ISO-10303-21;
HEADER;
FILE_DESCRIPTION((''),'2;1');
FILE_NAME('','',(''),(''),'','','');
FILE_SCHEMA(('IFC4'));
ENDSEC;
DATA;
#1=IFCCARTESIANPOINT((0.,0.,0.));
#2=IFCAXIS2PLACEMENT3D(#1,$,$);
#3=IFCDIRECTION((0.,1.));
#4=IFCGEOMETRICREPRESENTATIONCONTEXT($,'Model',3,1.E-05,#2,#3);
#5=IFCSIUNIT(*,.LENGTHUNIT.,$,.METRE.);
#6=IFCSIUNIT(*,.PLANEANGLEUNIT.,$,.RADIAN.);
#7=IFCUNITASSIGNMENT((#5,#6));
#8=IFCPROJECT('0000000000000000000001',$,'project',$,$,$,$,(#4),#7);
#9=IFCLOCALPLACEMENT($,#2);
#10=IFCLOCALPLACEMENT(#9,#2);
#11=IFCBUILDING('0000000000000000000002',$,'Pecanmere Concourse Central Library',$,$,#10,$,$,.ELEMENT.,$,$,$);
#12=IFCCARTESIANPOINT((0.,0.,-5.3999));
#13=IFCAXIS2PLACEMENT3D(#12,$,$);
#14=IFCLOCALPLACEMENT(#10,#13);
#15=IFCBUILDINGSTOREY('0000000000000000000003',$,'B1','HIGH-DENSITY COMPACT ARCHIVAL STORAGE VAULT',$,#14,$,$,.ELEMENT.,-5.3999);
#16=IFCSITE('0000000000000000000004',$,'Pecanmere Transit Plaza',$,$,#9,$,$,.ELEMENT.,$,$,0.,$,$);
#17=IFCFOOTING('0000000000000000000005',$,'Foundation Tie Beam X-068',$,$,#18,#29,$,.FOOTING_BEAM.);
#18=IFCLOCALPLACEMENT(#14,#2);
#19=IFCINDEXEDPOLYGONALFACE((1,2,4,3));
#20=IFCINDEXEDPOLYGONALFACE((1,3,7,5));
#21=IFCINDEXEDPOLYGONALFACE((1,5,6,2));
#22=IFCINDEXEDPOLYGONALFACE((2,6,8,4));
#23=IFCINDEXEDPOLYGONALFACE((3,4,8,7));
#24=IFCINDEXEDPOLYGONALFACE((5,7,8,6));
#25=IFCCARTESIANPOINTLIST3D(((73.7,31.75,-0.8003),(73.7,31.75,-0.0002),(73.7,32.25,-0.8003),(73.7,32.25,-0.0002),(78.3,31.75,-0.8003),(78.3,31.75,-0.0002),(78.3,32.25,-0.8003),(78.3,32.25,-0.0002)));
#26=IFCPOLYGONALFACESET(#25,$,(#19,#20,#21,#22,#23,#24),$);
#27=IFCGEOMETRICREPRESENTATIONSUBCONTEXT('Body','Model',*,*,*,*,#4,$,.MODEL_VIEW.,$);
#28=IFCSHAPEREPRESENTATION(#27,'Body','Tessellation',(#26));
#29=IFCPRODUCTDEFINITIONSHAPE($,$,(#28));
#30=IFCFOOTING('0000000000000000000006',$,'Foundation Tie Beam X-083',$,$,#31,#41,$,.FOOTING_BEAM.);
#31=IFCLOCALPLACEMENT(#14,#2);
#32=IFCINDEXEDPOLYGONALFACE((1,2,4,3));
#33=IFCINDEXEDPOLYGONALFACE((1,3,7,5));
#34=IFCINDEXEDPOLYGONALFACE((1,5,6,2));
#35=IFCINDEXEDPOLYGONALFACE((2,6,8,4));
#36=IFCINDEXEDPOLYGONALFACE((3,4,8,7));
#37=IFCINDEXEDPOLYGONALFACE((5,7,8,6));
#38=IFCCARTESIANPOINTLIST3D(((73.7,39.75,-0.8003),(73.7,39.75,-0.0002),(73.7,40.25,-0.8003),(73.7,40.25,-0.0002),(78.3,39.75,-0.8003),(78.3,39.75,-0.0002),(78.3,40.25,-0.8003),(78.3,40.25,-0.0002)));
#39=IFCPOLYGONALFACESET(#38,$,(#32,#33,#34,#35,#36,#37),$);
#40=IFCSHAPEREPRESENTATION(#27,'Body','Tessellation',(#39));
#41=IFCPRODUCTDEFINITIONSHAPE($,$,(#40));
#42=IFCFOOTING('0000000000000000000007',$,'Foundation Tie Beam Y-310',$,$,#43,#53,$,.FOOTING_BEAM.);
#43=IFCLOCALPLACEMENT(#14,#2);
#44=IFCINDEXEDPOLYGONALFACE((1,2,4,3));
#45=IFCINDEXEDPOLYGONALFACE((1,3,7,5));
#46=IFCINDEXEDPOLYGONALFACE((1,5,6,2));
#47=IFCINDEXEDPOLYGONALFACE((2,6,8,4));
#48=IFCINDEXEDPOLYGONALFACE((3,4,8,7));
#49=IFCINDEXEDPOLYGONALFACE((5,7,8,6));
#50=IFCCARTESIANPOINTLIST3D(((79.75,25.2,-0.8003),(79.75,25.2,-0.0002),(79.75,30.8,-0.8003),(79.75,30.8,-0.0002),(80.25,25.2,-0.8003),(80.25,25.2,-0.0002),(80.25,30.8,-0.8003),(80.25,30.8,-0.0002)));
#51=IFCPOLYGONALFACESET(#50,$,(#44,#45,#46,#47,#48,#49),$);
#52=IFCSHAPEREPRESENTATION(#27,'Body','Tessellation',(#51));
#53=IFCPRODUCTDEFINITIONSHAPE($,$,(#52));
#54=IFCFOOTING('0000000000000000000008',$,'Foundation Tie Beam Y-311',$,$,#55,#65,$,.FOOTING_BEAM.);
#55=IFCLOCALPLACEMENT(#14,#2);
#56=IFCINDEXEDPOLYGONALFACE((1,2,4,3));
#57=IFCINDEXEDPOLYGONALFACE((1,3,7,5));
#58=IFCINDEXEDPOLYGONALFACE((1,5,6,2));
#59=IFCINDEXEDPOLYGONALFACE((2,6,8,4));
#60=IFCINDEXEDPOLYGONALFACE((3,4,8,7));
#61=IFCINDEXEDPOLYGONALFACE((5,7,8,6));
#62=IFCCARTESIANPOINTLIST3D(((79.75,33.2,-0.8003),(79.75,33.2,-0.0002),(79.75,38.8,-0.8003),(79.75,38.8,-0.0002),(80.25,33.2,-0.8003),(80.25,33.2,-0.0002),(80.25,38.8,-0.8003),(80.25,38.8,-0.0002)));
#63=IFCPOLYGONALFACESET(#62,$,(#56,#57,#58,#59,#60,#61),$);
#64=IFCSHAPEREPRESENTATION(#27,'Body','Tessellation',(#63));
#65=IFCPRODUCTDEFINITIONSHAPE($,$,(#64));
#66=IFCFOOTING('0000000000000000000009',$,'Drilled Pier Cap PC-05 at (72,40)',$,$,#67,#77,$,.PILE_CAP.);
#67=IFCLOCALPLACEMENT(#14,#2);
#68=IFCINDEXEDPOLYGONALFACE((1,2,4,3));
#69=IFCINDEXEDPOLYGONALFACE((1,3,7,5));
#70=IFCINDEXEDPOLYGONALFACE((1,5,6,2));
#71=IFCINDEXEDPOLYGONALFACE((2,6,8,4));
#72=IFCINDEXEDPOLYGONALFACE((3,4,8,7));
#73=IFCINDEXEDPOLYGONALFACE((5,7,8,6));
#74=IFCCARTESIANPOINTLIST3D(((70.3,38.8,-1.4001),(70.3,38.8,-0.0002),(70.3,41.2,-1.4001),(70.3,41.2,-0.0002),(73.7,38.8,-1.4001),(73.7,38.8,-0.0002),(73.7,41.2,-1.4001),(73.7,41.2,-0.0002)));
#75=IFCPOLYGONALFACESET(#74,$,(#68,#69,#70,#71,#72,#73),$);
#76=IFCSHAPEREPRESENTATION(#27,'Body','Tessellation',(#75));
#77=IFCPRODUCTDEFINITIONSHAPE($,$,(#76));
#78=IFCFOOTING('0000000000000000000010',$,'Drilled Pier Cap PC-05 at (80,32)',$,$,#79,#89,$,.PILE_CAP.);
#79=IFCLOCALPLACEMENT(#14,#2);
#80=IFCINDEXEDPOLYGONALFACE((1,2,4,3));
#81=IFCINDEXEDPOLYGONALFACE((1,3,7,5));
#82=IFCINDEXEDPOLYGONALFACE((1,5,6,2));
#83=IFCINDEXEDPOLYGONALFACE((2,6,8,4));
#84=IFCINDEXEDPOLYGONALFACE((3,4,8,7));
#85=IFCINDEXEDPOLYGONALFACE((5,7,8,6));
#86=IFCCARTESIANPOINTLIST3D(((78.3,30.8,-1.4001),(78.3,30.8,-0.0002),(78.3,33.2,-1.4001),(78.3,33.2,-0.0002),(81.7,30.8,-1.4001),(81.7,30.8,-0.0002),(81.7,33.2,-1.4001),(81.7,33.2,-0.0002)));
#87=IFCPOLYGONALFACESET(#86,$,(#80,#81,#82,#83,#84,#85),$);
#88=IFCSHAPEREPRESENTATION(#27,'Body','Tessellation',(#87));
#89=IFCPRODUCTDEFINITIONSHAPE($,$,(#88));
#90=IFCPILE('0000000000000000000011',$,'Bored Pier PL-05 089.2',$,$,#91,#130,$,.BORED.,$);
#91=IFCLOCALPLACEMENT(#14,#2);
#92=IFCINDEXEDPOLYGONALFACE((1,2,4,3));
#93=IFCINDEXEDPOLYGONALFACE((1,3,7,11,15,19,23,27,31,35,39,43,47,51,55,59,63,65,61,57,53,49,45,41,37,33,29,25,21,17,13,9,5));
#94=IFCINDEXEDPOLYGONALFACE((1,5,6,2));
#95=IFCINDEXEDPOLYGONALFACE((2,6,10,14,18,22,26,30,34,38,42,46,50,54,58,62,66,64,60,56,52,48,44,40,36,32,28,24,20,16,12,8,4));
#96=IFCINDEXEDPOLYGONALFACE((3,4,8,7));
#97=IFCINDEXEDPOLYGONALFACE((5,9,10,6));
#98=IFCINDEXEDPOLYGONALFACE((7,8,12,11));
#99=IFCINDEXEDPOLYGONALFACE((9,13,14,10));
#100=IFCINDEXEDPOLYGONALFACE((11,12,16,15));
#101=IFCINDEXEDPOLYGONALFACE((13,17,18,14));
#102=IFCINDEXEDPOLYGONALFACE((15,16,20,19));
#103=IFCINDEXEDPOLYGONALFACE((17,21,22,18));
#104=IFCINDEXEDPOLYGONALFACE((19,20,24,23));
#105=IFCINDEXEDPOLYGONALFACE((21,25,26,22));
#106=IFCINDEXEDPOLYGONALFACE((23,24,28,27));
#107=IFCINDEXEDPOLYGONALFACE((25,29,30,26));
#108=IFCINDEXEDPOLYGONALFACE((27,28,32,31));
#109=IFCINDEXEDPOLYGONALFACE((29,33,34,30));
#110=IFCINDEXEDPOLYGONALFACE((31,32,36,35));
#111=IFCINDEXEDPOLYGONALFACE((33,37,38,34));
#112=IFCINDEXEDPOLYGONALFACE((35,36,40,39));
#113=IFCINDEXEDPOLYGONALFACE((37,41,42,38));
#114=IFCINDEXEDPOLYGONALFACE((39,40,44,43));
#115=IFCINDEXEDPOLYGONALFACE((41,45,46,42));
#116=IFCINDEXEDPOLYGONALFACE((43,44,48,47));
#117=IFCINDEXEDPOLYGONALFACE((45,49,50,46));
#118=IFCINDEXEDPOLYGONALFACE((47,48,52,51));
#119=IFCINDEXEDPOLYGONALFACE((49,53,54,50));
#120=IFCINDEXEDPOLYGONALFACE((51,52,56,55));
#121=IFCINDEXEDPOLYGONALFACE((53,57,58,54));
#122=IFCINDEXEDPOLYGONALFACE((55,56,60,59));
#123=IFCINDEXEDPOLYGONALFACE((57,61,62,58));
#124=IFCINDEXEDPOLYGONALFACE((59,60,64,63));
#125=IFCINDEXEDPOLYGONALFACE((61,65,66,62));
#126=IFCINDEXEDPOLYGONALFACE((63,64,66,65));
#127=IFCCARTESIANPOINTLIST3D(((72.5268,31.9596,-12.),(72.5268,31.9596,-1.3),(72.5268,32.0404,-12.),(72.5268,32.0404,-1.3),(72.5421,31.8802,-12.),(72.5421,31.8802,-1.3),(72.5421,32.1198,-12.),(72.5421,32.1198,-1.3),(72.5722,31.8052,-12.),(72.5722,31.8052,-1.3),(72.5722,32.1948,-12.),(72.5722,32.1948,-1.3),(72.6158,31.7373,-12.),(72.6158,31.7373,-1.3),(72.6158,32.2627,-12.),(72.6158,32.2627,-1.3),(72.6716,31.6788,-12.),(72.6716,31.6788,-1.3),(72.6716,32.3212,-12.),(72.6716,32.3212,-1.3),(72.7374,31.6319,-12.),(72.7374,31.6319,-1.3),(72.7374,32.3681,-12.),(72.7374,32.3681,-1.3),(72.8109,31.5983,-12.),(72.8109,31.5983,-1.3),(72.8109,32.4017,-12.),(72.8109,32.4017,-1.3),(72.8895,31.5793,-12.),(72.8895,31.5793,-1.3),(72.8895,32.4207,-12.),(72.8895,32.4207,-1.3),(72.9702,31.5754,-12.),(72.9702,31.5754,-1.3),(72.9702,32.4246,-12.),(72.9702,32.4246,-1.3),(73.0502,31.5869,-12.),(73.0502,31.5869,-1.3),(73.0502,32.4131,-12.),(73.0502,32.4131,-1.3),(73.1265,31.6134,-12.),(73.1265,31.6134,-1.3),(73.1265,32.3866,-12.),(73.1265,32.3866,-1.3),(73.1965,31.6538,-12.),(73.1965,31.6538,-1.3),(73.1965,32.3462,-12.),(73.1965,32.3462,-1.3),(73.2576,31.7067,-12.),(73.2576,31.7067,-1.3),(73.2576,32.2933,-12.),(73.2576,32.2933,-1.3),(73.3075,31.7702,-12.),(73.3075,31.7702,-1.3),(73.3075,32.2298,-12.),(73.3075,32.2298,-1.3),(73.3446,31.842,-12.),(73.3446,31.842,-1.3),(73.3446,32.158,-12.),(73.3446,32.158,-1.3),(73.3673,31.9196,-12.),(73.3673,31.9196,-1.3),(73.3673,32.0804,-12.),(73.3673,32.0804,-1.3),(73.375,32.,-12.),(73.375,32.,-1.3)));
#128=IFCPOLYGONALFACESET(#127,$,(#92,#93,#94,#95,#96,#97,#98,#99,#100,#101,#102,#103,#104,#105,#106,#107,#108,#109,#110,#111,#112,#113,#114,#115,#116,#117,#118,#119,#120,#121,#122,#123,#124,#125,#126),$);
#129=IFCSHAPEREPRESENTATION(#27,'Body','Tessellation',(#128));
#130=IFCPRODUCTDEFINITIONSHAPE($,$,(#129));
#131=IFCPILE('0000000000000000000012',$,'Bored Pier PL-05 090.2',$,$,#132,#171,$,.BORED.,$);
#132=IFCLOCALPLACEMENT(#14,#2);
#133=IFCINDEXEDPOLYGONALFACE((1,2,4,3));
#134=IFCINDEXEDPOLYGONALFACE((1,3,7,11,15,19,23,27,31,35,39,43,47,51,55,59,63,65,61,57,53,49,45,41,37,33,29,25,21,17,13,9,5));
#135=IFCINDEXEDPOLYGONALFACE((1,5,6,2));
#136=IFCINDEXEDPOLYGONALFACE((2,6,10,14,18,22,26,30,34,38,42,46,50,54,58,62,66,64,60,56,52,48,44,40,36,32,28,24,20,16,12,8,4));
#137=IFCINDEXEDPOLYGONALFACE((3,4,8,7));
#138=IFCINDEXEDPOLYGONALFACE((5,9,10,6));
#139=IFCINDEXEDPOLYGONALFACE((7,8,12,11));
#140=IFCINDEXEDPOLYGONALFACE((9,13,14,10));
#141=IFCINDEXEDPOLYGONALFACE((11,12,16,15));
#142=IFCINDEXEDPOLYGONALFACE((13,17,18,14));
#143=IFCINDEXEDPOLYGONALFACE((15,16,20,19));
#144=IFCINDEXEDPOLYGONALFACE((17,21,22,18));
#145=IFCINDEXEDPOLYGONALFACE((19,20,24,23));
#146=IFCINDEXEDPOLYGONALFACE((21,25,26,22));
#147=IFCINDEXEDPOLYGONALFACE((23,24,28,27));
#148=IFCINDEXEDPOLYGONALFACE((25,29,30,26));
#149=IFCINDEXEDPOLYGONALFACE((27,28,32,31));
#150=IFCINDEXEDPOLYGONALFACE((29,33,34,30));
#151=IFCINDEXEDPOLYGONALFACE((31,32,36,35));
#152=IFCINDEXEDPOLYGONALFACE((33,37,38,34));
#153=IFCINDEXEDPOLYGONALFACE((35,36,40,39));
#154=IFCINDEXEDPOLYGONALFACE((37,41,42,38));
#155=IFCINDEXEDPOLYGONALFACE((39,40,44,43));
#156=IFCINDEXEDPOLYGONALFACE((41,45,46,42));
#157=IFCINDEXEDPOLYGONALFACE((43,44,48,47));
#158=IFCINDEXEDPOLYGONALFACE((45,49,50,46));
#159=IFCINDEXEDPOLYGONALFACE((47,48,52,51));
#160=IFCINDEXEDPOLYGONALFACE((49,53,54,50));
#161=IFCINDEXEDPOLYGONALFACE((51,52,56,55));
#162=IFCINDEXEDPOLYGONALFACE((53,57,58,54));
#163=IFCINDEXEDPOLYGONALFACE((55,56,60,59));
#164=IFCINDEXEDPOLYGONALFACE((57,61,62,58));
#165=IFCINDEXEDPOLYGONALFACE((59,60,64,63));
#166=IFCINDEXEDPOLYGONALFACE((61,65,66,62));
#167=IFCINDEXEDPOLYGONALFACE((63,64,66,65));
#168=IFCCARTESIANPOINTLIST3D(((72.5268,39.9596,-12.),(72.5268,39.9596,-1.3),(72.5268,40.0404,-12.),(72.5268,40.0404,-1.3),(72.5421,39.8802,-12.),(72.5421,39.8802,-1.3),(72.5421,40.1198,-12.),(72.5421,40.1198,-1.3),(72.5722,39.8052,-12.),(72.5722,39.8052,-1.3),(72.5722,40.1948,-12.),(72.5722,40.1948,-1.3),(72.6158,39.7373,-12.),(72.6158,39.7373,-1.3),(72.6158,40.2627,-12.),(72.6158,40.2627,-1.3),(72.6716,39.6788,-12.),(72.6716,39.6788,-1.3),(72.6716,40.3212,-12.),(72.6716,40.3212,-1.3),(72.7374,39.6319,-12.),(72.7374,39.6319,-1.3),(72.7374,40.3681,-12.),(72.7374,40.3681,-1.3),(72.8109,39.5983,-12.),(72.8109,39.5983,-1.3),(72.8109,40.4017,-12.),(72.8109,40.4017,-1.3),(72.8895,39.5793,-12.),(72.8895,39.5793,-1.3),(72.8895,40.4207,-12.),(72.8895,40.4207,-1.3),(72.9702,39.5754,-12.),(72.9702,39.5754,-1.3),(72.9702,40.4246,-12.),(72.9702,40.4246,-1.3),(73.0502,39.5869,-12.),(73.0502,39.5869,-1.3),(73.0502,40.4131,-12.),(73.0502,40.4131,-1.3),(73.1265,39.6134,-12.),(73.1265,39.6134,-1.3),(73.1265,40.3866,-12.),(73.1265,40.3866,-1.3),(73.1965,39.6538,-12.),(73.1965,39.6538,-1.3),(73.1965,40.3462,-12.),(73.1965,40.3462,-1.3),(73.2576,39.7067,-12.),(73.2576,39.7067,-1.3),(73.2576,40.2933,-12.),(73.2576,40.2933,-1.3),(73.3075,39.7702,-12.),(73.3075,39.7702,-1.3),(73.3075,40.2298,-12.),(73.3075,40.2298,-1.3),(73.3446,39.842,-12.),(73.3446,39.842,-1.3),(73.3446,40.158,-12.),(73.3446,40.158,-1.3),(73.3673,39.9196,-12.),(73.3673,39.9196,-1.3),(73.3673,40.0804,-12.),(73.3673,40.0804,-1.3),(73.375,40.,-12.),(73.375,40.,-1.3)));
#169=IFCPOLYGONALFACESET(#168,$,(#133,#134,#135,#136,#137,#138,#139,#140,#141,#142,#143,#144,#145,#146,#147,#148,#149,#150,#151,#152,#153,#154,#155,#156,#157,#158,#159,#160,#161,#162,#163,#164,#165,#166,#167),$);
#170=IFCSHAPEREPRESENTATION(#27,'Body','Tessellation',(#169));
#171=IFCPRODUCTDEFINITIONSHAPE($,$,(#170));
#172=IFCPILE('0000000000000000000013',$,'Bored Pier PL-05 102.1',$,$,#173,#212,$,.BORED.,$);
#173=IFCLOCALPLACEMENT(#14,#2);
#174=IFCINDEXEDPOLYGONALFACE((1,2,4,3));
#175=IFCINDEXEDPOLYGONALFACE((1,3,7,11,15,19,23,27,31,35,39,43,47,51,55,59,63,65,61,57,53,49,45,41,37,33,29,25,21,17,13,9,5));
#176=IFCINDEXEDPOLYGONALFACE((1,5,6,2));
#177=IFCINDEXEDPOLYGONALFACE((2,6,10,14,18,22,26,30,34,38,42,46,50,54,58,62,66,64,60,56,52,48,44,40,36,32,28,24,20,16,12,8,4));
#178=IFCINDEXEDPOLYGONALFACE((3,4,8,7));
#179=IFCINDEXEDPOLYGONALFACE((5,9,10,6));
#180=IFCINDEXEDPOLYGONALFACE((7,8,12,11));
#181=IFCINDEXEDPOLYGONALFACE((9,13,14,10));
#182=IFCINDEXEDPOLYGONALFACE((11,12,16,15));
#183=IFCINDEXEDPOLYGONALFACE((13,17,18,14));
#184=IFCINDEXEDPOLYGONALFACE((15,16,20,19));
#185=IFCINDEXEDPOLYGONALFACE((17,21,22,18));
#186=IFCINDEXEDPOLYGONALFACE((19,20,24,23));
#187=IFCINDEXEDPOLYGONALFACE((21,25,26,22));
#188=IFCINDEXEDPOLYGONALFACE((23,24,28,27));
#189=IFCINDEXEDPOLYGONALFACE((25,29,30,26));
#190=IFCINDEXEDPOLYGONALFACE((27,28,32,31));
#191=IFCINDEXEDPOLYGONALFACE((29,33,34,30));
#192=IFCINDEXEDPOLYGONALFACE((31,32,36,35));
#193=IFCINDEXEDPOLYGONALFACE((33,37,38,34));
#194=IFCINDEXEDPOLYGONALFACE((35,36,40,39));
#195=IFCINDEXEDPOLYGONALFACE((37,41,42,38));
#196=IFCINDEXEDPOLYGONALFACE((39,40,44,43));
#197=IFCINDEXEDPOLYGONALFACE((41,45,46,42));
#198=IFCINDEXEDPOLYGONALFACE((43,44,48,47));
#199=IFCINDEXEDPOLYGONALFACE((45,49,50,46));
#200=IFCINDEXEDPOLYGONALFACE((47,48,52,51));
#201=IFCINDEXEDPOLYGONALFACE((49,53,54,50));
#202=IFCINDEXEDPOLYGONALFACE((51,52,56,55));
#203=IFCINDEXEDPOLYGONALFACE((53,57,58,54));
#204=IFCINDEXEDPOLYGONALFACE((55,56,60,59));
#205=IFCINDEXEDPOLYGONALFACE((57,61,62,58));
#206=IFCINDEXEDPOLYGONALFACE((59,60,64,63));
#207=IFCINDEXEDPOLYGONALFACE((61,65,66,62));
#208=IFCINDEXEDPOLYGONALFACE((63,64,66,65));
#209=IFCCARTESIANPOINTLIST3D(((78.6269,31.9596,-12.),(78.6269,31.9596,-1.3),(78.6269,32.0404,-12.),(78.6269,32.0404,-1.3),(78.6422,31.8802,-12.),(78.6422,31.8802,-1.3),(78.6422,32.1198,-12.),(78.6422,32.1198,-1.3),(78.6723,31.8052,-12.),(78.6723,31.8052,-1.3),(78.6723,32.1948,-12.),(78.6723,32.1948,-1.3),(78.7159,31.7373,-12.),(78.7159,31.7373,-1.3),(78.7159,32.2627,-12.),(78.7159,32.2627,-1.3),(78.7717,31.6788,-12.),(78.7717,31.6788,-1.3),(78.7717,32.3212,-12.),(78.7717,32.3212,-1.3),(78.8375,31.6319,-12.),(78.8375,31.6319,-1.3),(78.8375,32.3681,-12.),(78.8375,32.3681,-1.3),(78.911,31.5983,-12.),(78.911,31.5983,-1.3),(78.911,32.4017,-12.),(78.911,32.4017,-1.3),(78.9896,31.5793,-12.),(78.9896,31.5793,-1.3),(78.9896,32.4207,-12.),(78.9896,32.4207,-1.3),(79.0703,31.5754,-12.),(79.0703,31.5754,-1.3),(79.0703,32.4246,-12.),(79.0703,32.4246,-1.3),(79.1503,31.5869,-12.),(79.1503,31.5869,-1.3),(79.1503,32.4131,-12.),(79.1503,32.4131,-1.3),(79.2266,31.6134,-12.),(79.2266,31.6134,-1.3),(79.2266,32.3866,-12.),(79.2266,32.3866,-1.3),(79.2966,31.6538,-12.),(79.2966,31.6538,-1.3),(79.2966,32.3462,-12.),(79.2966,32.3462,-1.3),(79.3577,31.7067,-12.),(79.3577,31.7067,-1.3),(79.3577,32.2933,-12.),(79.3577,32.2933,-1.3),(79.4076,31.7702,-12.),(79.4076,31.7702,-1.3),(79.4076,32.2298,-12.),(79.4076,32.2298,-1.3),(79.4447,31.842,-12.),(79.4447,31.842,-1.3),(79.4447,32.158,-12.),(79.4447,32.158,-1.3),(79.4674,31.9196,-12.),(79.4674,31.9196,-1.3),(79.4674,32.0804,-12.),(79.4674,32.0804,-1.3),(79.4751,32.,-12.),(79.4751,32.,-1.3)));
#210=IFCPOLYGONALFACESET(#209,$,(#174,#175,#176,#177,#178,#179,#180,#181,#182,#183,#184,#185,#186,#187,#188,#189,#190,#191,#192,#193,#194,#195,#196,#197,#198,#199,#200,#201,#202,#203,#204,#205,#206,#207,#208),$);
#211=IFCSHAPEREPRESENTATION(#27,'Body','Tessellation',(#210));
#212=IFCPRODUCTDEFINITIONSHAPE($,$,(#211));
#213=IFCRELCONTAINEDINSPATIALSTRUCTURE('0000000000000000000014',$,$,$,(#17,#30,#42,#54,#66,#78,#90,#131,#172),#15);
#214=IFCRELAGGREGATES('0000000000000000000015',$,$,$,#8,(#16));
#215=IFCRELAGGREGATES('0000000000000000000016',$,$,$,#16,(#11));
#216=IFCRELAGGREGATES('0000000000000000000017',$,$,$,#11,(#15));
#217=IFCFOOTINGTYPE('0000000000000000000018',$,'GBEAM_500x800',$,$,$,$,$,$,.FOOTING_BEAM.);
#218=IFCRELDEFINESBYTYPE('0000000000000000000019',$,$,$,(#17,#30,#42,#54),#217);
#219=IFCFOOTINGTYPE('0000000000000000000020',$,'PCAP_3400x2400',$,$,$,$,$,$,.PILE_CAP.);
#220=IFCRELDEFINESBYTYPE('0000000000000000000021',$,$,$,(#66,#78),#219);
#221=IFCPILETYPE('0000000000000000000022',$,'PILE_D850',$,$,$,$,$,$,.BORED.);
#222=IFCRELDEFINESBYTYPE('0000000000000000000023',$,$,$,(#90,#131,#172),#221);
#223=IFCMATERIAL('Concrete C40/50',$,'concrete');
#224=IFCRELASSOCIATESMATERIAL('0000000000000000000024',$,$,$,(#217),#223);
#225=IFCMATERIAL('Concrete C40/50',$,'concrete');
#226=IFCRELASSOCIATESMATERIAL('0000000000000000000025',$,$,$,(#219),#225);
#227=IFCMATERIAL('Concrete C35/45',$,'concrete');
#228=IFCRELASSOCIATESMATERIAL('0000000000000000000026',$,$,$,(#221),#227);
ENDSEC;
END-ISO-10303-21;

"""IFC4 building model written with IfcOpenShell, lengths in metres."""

from ifc_helpers import new_model, si_unit, direction, frame, origin, origin_2d, place, context, subcontext, project, spatial, rectangle, circle, extrude, material, material_profile, profile_set, type_object, element, save


model = new_model("IFC4")

# Units and contexts
model_context = context("Model", 3, precision=1e-05, world=origin(), true_north=direction((0.0, 1.0)))
body_context = subcontext(model_context, "Body", "Model", "MODEL_VIEW")
ifc_project = project(units=[si_unit("LENGTHUNIT", "METRE"), si_unit("PLANEANGLEUNIT", "RADIAN")], contexts=[model_context])

# Site, building, storey
site_placement = place(None, origin())
site = spatial("IfcSite", under=ifc_project, at=site_placement, Name="Pecanmere Transit Plaza", CompositionType="ELEMENT", RefElevation=0.0)
building_placement = place(site_placement, origin())
building = spatial("IfcBuilding", under=site, at=building_placement, Name="Pecanmere Concourse Central Library", CompositionType="ELEMENT")
storey_placement = place(building_placement, frame((0.0, 0.0, -5.3999)))
storey = spatial("IfcBuildingStorey", under=building, at=storey_placement, Name="B1", Description="HIGH-DENSITY COMPACT ARCHIVAL STORAGE VAULT", CompositionType="ELEMENT", Elevation=-5.3999)

# Footings
ifc_material_1 = material(Name="Concrete C40/50", Category="concrete")
ifc_material_profile_1 = material_profile(ifc_material_1, rectangle(XDim=0.5, YDim=0.8, at=origin_2d()), Name="RC 500x800")
ifc_profile_set_1 = profile_set([ifc_material_profile_1], Name="Concrete C40/50")
footing_type_1 = type_object("IfcFootingType", Name="GBEAM_500x800", PredefinedType="FOOTING_BEAM", material=ifc_profile_set_1)
for number, where, z_axis, x_axis, name in (
    (1, (76.0, 32.0, -0.8003), (0.0, 0.0, 1.0), (1.0, 0.0, 0.0), "Foundation Tie Beam X-068"),
    (2, (76.0, 40.0, -0.8003), (0.0, 0.0, 1.0), (1.0, 0.0, 0.0), "Foundation Tie Beam X-083"),
):
    element("IfcFooting", number, at=place(storey_placement, frame(where, z_axis=z_axis, x_axis=x_axis)), inside=storey, type_object=footing_type_1, Name=name, PredefinedType="FOOTING_BEAM", context=body_context, shape_type="SweptSolid", body=[
        extrude(rectangle(XDim=4.6001, YDim=0.5, at=origin_2d()), origin(), (0.0, 0.0, 1.0), 0.8),
    ])
for number, where, z_axis, x_axis, name in (
    (3, (80.0, 28.0, -0.8003), (0.0, 0.0, 1.0), (0.0, 1.0, 0.0), "Foundation Tie Beam Y-310"),
    (4, (80.0, 36.0, -0.8003), (0.0, 0.0, 1.0), (0.0, 1.0, 0.0), "Foundation Tie Beam Y-311"),
):
    element("IfcFooting", number, at=place(storey_placement, frame(where, z_axis=z_axis, x_axis=x_axis)), inside=storey, type_object=footing_type_1, Name=name, PredefinedType="FOOTING_BEAM", context=body_context, shape_type="SweptSolid", body=[
        extrude(rectangle(XDim=5.6001, YDim=0.5, at=origin_2d()), origin(), (0.0, 0.0, 1.0), 0.8),
    ])
ifc_material_2 = material(Name="Concrete C40/50", Category="concrete")
footing_type_2 = type_object("IfcFootingType", Name="PCAP_3400x2400", PredefinedType="PILE_CAP", material=ifc_material_2)
for number, where, z_axis, x_axis, name in (
    (5, (72.0, 40.0, -1.4001), (0.0, 0.0, 1.0), (1.0, 0.0, 0.0), "Drilled Pier Cap PC-05 at (72,40)"),
    (6, (80.0, 32.0, -1.4001), (0.0, 0.0, 1.0), (1.0, 0.0, 0.0), "Drilled Pier Cap PC-05 at (80,32)"),
):
    element("IfcFooting", number, at=place(storey_placement, frame(where, z_axis=z_axis, x_axis=x_axis)), inside=storey, type_object=footing_type_2, Name=name, PredefinedType="PILE_CAP", context=body_context, shape_type="SweptSolid", body=[
        extrude(rectangle(XDim=3.3999, YDim=2.3999, at=origin_2d()), origin(), (0.0, 0.0, 1.0), 1.3999),
    ])

# Piles
ifc_material_3 = material(Name="Concrete C35/45", Category="concrete")
ifc_material_profile_2 = material_profile(ifc_material_3, circle(Radius=0.425, at=origin_2d()), Name="PIER D850")
ifc_profile_set_2 = profile_set([ifc_material_profile_2], Name="Concrete C35/45")
pile_type = type_object("IfcPileType", Name="PILE_D850", PredefinedType="BORED", material=ifc_profile_set_2)
for number, where, z_axis, x_axis, name in (
    (7, (72.95, 32.0, -1.3), (0.0, 0.0, -1.0), (1.0, 0.0, 0.0), "Bored Pier PL-05 089.2"),
    (8, (72.95, 40.0, -1.3), (0.0, 0.0, -1.0), (1.0, 0.0, 0.0), "Bored Pier PL-05 090.2"),
    (9, (79.05, 32.0, -1.3), (0.0, 0.0, -1.0), (1.0, 0.0, 0.0), "Bored Pier PL-05 102.1"),
):
    element("IfcPile", number, at=place(storey_placement, frame(where, z_axis=z_axis, x_axis=x_axis)), inside=storey, type_object=pile_type, Name=name, PredefinedType="BORED", context=body_context, shape_type="SweptSolid", body=[
        extrude(circle(Radius=0.425, at=origin_2d()), origin(), (0.0, 0.0, 1.0), 10.7),
    ])

save(model, "model.ifc")
